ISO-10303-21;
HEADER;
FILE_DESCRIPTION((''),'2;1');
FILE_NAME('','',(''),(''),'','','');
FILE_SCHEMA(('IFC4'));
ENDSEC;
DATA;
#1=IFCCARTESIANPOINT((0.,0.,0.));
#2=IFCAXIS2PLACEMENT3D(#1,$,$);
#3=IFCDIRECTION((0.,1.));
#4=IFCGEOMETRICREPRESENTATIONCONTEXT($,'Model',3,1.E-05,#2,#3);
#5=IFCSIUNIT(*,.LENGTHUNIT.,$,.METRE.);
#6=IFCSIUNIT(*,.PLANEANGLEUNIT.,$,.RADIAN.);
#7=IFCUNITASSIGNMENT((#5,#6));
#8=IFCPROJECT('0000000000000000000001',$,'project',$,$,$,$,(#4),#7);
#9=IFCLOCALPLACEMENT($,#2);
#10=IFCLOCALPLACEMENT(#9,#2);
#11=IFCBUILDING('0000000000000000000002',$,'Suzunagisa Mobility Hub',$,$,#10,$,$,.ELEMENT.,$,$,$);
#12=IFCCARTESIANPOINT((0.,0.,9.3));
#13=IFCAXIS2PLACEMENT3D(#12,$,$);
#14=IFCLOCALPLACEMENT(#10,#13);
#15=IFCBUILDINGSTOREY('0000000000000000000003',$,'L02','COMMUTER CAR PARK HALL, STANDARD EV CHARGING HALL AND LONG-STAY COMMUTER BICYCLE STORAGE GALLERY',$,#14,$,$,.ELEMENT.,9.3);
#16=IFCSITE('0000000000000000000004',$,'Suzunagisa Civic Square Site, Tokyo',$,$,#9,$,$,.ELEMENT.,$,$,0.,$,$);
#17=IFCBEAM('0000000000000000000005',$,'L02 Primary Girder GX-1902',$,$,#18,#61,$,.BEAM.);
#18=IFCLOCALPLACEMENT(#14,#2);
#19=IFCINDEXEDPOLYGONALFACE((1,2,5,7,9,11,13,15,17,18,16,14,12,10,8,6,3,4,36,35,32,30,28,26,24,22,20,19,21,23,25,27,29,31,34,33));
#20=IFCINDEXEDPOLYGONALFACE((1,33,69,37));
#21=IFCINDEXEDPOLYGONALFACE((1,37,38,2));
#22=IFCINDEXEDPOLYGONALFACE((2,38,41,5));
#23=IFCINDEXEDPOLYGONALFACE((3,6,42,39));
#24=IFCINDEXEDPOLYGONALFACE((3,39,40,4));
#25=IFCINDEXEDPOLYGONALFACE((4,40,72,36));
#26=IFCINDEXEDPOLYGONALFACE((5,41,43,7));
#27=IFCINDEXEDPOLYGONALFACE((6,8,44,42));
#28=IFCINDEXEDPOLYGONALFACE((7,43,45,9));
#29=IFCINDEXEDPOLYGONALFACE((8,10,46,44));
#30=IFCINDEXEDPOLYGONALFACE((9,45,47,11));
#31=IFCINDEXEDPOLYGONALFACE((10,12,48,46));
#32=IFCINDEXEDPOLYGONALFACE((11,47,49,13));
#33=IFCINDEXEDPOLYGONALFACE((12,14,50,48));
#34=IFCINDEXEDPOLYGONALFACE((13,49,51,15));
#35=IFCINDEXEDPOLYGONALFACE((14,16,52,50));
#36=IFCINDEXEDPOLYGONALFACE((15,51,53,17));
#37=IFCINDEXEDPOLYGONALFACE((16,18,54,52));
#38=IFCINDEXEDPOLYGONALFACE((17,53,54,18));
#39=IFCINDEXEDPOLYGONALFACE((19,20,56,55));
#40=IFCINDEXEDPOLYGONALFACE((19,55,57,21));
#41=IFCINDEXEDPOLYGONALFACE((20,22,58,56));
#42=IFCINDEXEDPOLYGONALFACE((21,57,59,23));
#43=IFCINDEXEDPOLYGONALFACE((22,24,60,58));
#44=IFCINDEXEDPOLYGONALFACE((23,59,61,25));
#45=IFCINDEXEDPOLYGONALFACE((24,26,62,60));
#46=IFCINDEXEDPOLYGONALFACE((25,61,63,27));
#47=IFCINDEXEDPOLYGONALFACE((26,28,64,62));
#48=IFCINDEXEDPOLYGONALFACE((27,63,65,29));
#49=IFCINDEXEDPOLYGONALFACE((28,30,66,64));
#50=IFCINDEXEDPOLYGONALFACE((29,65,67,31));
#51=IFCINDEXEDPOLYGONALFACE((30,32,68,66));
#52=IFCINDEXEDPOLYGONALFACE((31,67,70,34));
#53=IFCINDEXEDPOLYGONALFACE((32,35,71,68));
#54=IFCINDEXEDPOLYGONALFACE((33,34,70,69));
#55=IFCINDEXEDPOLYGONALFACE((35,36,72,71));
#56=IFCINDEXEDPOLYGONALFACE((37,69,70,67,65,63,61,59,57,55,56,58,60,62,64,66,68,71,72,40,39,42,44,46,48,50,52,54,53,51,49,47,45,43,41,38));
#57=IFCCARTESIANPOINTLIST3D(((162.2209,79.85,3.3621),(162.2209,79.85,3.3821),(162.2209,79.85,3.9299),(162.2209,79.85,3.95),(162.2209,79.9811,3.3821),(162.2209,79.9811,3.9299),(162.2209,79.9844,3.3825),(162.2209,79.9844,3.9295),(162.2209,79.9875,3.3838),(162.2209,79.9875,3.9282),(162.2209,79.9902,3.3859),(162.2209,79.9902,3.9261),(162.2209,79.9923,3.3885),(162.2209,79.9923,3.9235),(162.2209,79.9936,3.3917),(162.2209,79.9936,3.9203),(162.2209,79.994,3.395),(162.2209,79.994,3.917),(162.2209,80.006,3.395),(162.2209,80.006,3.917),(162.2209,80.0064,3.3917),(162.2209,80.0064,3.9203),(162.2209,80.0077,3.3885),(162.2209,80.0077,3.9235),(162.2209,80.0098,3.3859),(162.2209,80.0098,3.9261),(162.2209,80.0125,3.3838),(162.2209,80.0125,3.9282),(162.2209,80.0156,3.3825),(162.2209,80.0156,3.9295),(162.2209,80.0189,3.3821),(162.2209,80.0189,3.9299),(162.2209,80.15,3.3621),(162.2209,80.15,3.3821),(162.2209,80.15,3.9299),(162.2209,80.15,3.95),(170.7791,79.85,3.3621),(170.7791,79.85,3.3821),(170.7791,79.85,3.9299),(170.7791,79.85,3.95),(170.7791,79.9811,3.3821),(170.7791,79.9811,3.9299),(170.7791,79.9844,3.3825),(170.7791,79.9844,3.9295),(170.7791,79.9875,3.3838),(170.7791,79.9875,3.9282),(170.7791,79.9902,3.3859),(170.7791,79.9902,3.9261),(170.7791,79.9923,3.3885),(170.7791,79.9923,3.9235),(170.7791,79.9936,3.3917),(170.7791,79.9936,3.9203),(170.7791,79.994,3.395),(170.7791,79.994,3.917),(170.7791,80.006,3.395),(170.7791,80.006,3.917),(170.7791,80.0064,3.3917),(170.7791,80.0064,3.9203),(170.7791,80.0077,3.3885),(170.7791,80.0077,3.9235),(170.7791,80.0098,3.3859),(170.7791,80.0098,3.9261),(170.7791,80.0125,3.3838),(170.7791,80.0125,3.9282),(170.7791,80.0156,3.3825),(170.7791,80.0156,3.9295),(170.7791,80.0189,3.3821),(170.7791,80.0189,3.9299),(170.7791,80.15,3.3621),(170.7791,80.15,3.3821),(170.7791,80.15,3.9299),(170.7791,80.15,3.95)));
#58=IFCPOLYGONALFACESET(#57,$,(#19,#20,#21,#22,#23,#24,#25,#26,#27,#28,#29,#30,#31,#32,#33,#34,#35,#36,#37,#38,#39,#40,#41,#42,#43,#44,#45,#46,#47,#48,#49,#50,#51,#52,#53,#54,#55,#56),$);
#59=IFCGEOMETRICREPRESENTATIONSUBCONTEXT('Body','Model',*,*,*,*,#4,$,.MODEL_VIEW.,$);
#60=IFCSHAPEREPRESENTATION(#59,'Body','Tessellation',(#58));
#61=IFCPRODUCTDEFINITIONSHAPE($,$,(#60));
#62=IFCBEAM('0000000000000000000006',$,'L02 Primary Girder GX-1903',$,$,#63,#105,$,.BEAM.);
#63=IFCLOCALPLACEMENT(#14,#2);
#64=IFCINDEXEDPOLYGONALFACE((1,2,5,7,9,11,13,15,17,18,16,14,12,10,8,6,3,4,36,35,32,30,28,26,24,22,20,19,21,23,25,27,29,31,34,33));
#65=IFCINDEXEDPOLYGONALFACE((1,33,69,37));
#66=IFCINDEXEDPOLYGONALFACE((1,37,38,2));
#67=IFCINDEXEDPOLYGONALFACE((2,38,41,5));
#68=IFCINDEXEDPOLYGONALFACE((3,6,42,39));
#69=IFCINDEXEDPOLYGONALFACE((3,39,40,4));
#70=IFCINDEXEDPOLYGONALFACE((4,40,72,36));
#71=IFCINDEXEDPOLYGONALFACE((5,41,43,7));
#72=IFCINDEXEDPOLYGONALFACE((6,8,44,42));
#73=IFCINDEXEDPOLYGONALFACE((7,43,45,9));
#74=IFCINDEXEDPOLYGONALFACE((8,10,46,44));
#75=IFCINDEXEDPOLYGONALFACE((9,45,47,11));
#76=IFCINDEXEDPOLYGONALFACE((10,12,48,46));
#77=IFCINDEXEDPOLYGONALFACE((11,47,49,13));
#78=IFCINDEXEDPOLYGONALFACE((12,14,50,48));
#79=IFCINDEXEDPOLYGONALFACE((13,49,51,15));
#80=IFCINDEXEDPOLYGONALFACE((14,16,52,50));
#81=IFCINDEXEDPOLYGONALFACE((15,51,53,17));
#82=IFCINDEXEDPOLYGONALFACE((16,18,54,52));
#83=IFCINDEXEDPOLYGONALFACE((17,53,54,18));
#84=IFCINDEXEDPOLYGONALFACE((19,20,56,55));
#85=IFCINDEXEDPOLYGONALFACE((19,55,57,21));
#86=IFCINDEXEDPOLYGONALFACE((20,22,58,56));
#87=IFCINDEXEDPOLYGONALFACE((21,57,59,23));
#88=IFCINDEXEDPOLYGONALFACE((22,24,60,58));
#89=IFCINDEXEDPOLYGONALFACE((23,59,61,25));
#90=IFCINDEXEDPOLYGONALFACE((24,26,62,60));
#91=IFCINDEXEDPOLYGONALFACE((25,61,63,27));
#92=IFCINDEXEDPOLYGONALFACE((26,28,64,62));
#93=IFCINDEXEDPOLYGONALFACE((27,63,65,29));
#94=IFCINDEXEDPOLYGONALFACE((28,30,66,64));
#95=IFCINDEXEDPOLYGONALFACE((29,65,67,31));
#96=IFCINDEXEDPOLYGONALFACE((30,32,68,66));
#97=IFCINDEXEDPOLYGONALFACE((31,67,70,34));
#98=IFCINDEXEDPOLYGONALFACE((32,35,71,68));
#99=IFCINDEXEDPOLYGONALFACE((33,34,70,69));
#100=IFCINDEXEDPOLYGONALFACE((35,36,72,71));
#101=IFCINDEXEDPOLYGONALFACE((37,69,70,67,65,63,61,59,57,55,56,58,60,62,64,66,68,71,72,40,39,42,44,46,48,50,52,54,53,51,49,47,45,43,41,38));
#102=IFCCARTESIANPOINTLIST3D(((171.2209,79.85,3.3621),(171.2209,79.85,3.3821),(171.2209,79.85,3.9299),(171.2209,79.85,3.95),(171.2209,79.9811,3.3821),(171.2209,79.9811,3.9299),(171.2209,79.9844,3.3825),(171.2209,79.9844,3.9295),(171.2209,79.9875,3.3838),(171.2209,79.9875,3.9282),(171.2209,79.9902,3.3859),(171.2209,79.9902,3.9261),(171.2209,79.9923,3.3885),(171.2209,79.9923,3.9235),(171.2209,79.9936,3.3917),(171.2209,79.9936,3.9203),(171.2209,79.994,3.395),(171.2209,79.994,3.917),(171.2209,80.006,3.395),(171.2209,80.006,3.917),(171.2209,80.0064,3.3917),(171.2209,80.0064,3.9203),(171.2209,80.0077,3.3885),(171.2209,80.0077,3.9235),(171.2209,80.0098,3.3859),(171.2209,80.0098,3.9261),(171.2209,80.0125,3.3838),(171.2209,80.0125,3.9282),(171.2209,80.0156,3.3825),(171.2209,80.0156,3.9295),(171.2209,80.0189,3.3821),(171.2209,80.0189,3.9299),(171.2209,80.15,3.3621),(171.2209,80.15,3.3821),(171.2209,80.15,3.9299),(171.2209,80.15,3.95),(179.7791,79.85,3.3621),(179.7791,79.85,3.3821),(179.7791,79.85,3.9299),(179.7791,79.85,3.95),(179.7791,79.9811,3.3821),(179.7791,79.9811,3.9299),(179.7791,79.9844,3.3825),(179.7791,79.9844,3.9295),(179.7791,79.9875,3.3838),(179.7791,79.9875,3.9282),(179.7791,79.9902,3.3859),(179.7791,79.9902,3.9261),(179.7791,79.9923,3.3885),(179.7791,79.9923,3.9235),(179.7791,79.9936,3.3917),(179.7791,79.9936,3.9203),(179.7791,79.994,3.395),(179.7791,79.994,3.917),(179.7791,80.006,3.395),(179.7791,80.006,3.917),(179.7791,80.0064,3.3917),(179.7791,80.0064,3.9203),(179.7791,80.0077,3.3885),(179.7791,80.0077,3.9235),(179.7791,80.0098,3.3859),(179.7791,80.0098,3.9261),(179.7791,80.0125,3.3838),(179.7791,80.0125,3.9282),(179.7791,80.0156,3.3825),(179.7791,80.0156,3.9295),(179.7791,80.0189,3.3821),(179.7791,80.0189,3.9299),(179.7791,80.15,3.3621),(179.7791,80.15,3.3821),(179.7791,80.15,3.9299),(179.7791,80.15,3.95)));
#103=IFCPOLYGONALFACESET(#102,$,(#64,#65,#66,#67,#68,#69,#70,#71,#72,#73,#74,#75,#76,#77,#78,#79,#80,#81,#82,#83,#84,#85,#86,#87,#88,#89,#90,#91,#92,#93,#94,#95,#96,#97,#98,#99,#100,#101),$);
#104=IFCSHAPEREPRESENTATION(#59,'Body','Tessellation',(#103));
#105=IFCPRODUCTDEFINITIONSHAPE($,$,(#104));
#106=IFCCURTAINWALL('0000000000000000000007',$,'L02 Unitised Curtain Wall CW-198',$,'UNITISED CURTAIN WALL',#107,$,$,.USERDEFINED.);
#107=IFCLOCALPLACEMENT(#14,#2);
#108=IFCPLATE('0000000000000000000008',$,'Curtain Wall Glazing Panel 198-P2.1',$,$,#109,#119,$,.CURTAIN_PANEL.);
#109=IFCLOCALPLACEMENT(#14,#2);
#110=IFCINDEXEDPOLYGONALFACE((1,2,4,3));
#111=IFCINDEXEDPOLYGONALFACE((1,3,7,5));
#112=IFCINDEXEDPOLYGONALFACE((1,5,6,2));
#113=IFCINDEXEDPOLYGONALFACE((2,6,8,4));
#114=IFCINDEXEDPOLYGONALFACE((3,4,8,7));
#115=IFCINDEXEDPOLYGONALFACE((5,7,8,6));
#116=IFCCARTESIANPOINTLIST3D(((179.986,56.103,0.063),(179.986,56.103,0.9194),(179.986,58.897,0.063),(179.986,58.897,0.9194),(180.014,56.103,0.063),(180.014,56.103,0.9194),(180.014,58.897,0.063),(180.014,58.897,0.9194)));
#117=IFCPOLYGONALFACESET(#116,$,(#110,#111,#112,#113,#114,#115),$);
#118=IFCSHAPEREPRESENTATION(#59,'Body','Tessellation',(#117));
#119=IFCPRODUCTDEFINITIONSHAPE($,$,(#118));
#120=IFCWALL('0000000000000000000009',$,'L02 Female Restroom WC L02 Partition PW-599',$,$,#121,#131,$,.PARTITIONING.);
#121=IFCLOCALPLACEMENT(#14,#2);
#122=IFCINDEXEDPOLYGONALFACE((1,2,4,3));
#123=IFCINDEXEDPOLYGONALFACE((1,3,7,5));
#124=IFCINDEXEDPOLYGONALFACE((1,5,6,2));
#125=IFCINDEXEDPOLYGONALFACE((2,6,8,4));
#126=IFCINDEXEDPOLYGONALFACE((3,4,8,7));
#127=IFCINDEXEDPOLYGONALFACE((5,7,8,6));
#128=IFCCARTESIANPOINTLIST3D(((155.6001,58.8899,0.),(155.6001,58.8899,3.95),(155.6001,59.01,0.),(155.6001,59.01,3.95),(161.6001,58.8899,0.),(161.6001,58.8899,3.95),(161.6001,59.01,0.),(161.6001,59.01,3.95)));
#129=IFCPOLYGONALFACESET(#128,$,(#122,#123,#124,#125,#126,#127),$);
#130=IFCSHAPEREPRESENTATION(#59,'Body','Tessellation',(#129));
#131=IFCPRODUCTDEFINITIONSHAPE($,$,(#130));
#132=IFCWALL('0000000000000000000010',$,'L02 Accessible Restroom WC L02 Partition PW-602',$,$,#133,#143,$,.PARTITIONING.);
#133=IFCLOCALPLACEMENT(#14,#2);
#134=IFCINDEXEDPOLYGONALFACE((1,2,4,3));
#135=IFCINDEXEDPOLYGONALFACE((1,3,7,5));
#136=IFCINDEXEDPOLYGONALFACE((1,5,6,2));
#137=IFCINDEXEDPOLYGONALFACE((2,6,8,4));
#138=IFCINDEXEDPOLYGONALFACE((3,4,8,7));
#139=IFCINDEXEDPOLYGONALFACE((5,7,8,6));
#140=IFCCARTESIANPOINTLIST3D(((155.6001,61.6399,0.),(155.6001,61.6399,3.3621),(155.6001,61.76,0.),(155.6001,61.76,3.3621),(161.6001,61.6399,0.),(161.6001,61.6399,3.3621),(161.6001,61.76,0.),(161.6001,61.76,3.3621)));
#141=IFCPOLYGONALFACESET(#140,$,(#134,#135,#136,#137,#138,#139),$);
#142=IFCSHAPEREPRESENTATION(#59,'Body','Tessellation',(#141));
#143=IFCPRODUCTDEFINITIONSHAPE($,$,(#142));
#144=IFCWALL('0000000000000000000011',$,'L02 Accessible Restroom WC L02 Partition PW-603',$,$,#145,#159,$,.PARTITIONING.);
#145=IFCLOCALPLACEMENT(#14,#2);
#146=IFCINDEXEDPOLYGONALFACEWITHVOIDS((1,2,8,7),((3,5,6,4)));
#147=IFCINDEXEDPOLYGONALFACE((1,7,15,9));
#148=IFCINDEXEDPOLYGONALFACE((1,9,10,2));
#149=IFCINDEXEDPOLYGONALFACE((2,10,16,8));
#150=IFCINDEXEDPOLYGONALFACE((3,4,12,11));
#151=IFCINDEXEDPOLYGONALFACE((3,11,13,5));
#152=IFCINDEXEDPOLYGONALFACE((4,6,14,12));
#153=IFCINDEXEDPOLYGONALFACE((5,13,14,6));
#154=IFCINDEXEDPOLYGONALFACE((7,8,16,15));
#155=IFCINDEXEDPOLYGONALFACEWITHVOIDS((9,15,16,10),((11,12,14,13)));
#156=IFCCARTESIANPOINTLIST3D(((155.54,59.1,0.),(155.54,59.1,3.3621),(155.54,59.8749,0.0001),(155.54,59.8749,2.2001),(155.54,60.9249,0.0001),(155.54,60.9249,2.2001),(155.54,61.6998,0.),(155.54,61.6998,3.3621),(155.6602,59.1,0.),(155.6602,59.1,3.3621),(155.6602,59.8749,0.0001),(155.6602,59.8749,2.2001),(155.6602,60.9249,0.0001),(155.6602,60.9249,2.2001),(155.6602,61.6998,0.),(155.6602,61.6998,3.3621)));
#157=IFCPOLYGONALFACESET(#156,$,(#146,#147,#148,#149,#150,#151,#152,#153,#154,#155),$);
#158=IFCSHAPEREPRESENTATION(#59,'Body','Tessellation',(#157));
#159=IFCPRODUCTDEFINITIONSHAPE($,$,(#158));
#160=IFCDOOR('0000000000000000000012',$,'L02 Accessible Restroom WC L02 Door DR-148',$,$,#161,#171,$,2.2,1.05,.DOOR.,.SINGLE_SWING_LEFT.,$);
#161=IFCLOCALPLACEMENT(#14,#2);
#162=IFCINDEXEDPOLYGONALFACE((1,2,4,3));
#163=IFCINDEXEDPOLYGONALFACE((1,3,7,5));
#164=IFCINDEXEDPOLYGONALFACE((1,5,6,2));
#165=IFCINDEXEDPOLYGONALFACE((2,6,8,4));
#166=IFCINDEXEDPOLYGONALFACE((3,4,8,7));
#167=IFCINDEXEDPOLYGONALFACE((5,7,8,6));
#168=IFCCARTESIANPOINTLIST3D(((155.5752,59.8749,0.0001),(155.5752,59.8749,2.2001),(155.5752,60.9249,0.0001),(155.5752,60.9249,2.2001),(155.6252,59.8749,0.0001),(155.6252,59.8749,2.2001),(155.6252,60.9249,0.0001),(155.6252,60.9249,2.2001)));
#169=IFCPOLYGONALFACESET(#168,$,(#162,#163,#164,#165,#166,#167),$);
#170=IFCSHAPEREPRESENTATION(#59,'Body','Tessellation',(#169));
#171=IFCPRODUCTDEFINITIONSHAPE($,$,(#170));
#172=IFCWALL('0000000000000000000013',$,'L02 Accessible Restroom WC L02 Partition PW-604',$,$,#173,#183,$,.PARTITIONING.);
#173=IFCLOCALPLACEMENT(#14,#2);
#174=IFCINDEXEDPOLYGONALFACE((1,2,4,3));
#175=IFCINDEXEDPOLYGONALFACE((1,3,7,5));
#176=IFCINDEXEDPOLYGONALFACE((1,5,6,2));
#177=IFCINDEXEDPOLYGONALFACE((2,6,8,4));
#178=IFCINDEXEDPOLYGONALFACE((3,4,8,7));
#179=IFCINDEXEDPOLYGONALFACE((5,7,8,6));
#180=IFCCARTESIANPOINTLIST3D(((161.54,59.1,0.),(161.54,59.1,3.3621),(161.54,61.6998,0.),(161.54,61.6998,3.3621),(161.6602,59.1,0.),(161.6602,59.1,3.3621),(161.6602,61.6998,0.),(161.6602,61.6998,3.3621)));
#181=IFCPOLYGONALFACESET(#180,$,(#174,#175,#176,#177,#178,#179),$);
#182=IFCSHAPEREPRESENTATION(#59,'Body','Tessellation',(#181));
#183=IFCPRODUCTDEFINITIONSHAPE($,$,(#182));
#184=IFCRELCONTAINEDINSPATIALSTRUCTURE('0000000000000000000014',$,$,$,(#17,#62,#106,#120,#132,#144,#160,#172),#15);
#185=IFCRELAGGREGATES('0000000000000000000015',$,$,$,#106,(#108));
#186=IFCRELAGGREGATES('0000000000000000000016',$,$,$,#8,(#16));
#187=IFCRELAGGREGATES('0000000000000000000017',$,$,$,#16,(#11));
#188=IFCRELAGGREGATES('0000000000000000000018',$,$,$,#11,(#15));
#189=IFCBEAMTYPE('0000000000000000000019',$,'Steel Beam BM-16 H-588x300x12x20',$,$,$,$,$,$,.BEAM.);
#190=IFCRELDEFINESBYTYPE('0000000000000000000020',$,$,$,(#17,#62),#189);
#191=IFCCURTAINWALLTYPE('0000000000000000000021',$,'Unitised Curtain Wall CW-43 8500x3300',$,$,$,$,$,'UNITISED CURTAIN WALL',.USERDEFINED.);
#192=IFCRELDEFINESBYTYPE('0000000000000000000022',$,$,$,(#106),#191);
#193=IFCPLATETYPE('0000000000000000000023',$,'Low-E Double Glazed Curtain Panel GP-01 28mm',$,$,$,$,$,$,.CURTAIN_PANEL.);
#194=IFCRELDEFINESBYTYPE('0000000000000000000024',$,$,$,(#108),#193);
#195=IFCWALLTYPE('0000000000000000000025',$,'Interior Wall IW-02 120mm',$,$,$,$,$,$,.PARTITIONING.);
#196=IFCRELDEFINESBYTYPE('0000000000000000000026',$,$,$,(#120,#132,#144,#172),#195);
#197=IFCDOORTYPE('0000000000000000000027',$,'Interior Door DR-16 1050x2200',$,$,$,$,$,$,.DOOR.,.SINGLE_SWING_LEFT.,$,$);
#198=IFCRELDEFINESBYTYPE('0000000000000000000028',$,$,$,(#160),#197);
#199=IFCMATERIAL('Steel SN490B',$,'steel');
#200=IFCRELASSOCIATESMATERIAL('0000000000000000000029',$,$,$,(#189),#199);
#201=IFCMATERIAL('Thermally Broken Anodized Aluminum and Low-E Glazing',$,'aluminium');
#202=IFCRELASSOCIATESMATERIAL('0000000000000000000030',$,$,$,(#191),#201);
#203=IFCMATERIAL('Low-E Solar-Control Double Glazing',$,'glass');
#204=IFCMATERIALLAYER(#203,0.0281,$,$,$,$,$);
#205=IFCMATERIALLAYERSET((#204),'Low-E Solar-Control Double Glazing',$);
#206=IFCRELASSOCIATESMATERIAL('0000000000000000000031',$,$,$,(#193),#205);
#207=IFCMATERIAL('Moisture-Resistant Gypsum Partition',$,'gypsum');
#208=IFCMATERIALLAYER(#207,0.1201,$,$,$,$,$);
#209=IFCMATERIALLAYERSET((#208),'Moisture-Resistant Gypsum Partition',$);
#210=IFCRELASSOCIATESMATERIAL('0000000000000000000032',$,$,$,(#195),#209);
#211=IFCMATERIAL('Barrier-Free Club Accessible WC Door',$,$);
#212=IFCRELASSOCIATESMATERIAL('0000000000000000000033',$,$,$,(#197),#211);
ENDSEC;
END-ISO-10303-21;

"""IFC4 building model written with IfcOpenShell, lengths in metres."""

from ifc_helpers import new_model, si_unit, direction, frame, frame_2d, origin, origin_2d, place, context, subcontext, project, spatial, rectangle, i_section, extrude, material, layer, layer_set, material_profile, profile_set, type_object, element, fill, aggregate, save


model = new_model("IFC4")

# Units and contexts
model_context = context("Model", 3, precision=1e-05, world=origin(), true_north=direction((0.0, 1.0)))
body_context = subcontext(model_context, "Body", "Model", "MODEL_VIEW")
ifc_project = project(units=[si_unit("LENGTHUNIT", "METRE"), si_unit("PLANEANGLEUNIT", "RADIAN")], contexts=[model_context])

# Site, building, storey
site_placement = place(None, origin())
site = spatial("IfcSite", under=ifc_project, at=site_placement, Name="Suzunagisa Civic Square Site, Tokyo", CompositionType="ELEMENT", RefElevation=0.0)
building_placement = place(site_placement, origin())
building = spatial("IfcBuilding", under=site, at=building_placement, Name="Suzunagisa Mobility Hub", CompositionType="ELEMENT")
storey_placement = place(building_placement, frame((0.0, 0.0, 9.3)))
storey = spatial("IfcBuildingStorey", under=building, at=storey_placement, Name="L02", Description="COMMUTER CAR PARK HALL, STANDARD EV CHARGING HALL AND LONG-STAY COMMUTER BICYCLE STORAGE GALLERY", CompositionType="ELEMENT", Elevation=9.3)

# Shared definitions
ifc_material_1 = material(Name="Steel SN490B", Category="steel")

# Beams
ifc_material_profile_1 = material_profile(ifc_material_1, i_section(OverallWidth=0.3, OverallDepth=0.5879, WebThickness=0.012, FlangeThickness=0.02, FilletRadius=0.0129, at=origin_2d()), Name="H-588x300x12x20")
ifc_profile_set_1 = profile_set([ifc_material_profile_1], Name="Steel SN490B")
beam_type_1 = type_object("IfcBeamType", Name="Steel Beam BM-16 H-588x300x12x20", PredefinedType="BEAM", material=ifc_profile_set_1)
for number, where, z_axis, x_axis, name in (
    (1, (162.2209, 80.0, 3.656), (1.0, 0.0, 0.0), (0.0, 1.0, 0.0), "L02 Primary Girder GX-1902"),
    (2, (171.2209, 80.0, 3.656), (1.0, 0.0, 0.0), (0.0, 1.0, 0.0), "L02 Primary Girder GX-1903"),
):
    element("IfcBeam", number, at=place(storey_placement, frame(where, z_axis=z_axis, x_axis=x_axis)), inside=storey, type_object=beam_type_1, Name=name, PredefinedType="BEAM", context=body_context, shape_type="SweptSolid", body=[
        extrude(i_section(OverallWidth=0.3, OverallDepth=0.5879, WebThickness=0.012, FlangeThickness=0.02, FilletRadius=0.0129, at=origin_2d()), origin(), (0.0, 0.0, 1.0), 8.5581),
    ])

# Curtain wall, plate
ifc_material_2 = material(Name="Thermally Broken Anodized Aluminum and Low-E Glazing", Category="aluminium")
curtain_wall_type = type_object("IfcCurtainWallType", Name="Unitised Curtain Wall CW-43 8500x3300", ElementType="UNITISED CURTAIN WALL", PredefinedType="USERDEFINED", material=ifc_material_2)
curtain_wall_placement = place(storey_placement, origin())
curtain_wall = element("IfcCurtainWall", 3, at=curtain_wall_placement, inside=storey, type_object=curtain_wall_type, Name="L02 Unitised Curtain Wall CW-198", ObjectType="UNITISED CURTAIN WALL", PredefinedType="USERDEFINED")
ifc_material_3 = material(Name="Low-E Solar-Control Double Glazing", Category="glass")
ifc_layer_1 = layer(ifc_material_3, 0.0281)
ifc_layer_set_1 = layer_set([ifc_layer_1], Name="Low-E Solar-Control Double Glazing")
plate_type = type_object("IfcPlateType", Name="Low-E Double Glazed Curtain Panel GP-01 28mm", PredefinedType="CURTAIN_PANEL", material=ifc_layer_set_1)
plate_placement = place(storey_placement, frame((180.0, 57.5, 0.063), z_axis=(0.0, 0.0, 1.0), x_axis=(0.0, 1.0, 0.0)))
plate = element("IfcPlate", 4, at=plate_placement, type_object=plate_type, Name="Curtain Wall Glazing Panel 198-P2.1", PredefinedType="CURTAIN_PANEL", context=body_context, shape_type="SweptSolid", body=[
    extrude(rectangle(XDim=2.7939, YDim=0.0281, at=origin_2d()), origin(), (0.0, 0.0, 1.0), 0.8564),
])
aggregate(curtain_wall, [plate])

# Walls
ifc_material_4 = material(Name="Moisture-Resistant Gypsum Partition", Category="gypsum")
ifc_layer_2 = layer(ifc_material_4, 0.1201)
ifc_layer_set_2 = layer_set([ifc_layer_2], Name="Moisture-Resistant Gypsum Partition")
wall_type_1 = type_object("IfcWallType", Name="Interior Wall IW-02 120mm", PredefinedType="PARTITIONING", material=ifc_layer_set_2)
wall_1_placement = place(storey_placement, frame((155.6001, 58.95, 0.0), z_axis=(0.0, 0.0, 1.0), x_axis=(1.0, 0.0, 0.0)))
element("IfcWall", 5, at=wall_1_placement, inside=storey, type_object=wall_type_1, Name="L02 Female Restroom WC L02 Partition PW-599", PredefinedType="PARTITIONING", context=body_context, shape_type="SweptSolid", body=[
    extrude(rectangle(XDim=6.0, YDim=0.1201, at=frame_2d((3.0, 0.0))), origin(), (0.0, 0.0, 1.0), 3.95),
])
wall_2_placement = place(storey_placement, frame((155.6001, 61.7, 0.0), z_axis=(0.0, 0.0, 1.0), x_axis=(1.0, 0.0, 0.0)))
element("IfcWall", 6, at=wall_2_placement, inside=storey, type_object=wall_type_1, Name="L02 Accessible Restroom WC L02 Partition PW-602", PredefinedType="PARTITIONING", context=body_context, shape_type="SweptSolid", body=[
    extrude(rectangle(XDim=6.0, YDim=0.1201, at=frame_2d((3.0, 0.0))), origin(), (0.0, 0.0, 1.0), 3.3621),
])

# Wall, opening, door
wall_3_placement = place(storey_placement, frame((155.6001, 59.1001, 0.0), z_axis=(0.0, 0.0, 1.0), x_axis=(0.0, 1.0, 0.0)))
wall_3 = element("IfcWall", 7, at=wall_3_placement, inside=storey, type_object=wall_type_1, Name="L02 Accessible Restroom WC L02 Partition PW-603", PredefinedType="PARTITIONING", context=body_context, shape_type="SweptSolid", body=[
    extrude(rectangle(XDim=2.5999, YDim=0.1201, at=frame_2d((1.2998, 0.0))), origin(), (0.0, 0.0, 1.0), 3.3621),
])
opening_1_placement = place(wall_3_placement, frame((0.7749, 0.0, 0.0)))
opening_1 = element("IfcOpeningElement", 8, at=opening_1_placement, cuts=wall_3, PredefinedType="OPENING", context=body_context, shape_type="SweptSolid", body=[
    extrude(rectangle(XDim=1.05, YDim=2.2, at=frame_2d((0.5249, 1.1001))), frame((0.0, 0.071, 0.0), z_axis=(0.0, -1.0, 0.0), x_axis=(1.0, 0.0, 0.0)), (0.0, 0.0, 1.0), 0.1421),
])
ifc_material_5 = material(Name="Barrier-Free Club Accessible WC Door")
door_type_1 = type_object("IfcDoorType", Name="Interior Door DR-16 1050x2200", OperationType="SINGLE_SWING_LEFT", PredefinedType="DOOR", material=ifc_material_5)
door_1_placement = place(opening_1_placement, origin())
door_1 = element("IfcDoor", 9, at=door_1_placement, inside=storey, type_object=door_type_1, Name="L02 Accessible Restroom WC L02 Door DR-148", OperationType="SINGLE_SWING_LEFT", OverallHeight=2.2, OverallWidth=1.05, PredefinedType="DOOR", context=body_context, shape_type="SweptSolid", body=[
    extrude(rectangle(XDim=1.05, YDim=2.2, at=frame_2d((0.5249, 1.1001))), frame((0.0, 0.0249, 0.0), z_axis=(0.0, -1.0, 0.0), x_axis=(1.0, 0.0, 0.0)), (0.0, 0.0, 1.0), 0.05),
])
fill(opening_1, door_1)

# Wall
wall_4_placement = place(storey_placement, frame((161.6001, 59.1001, 0.0), z_axis=(0.0, 0.0, 1.0), x_axis=(0.0, 1.0, 0.0)))
element("IfcWall", 10, at=wall_4_placement, inside=storey, type_object=wall_type_1, Name="L02 Accessible Restroom WC L02 Partition PW-604", PredefinedType="PARTITIONING", context=body_context, shape_type="SweptSolid", body=[
    extrude(rectangle(XDim=2.5999, YDim=0.1201, at=frame_2d((1.2998, 0.0))), origin(), (0.0, 0.0, 1.0), 3.3621),
])

save(model, "model.ifc")
